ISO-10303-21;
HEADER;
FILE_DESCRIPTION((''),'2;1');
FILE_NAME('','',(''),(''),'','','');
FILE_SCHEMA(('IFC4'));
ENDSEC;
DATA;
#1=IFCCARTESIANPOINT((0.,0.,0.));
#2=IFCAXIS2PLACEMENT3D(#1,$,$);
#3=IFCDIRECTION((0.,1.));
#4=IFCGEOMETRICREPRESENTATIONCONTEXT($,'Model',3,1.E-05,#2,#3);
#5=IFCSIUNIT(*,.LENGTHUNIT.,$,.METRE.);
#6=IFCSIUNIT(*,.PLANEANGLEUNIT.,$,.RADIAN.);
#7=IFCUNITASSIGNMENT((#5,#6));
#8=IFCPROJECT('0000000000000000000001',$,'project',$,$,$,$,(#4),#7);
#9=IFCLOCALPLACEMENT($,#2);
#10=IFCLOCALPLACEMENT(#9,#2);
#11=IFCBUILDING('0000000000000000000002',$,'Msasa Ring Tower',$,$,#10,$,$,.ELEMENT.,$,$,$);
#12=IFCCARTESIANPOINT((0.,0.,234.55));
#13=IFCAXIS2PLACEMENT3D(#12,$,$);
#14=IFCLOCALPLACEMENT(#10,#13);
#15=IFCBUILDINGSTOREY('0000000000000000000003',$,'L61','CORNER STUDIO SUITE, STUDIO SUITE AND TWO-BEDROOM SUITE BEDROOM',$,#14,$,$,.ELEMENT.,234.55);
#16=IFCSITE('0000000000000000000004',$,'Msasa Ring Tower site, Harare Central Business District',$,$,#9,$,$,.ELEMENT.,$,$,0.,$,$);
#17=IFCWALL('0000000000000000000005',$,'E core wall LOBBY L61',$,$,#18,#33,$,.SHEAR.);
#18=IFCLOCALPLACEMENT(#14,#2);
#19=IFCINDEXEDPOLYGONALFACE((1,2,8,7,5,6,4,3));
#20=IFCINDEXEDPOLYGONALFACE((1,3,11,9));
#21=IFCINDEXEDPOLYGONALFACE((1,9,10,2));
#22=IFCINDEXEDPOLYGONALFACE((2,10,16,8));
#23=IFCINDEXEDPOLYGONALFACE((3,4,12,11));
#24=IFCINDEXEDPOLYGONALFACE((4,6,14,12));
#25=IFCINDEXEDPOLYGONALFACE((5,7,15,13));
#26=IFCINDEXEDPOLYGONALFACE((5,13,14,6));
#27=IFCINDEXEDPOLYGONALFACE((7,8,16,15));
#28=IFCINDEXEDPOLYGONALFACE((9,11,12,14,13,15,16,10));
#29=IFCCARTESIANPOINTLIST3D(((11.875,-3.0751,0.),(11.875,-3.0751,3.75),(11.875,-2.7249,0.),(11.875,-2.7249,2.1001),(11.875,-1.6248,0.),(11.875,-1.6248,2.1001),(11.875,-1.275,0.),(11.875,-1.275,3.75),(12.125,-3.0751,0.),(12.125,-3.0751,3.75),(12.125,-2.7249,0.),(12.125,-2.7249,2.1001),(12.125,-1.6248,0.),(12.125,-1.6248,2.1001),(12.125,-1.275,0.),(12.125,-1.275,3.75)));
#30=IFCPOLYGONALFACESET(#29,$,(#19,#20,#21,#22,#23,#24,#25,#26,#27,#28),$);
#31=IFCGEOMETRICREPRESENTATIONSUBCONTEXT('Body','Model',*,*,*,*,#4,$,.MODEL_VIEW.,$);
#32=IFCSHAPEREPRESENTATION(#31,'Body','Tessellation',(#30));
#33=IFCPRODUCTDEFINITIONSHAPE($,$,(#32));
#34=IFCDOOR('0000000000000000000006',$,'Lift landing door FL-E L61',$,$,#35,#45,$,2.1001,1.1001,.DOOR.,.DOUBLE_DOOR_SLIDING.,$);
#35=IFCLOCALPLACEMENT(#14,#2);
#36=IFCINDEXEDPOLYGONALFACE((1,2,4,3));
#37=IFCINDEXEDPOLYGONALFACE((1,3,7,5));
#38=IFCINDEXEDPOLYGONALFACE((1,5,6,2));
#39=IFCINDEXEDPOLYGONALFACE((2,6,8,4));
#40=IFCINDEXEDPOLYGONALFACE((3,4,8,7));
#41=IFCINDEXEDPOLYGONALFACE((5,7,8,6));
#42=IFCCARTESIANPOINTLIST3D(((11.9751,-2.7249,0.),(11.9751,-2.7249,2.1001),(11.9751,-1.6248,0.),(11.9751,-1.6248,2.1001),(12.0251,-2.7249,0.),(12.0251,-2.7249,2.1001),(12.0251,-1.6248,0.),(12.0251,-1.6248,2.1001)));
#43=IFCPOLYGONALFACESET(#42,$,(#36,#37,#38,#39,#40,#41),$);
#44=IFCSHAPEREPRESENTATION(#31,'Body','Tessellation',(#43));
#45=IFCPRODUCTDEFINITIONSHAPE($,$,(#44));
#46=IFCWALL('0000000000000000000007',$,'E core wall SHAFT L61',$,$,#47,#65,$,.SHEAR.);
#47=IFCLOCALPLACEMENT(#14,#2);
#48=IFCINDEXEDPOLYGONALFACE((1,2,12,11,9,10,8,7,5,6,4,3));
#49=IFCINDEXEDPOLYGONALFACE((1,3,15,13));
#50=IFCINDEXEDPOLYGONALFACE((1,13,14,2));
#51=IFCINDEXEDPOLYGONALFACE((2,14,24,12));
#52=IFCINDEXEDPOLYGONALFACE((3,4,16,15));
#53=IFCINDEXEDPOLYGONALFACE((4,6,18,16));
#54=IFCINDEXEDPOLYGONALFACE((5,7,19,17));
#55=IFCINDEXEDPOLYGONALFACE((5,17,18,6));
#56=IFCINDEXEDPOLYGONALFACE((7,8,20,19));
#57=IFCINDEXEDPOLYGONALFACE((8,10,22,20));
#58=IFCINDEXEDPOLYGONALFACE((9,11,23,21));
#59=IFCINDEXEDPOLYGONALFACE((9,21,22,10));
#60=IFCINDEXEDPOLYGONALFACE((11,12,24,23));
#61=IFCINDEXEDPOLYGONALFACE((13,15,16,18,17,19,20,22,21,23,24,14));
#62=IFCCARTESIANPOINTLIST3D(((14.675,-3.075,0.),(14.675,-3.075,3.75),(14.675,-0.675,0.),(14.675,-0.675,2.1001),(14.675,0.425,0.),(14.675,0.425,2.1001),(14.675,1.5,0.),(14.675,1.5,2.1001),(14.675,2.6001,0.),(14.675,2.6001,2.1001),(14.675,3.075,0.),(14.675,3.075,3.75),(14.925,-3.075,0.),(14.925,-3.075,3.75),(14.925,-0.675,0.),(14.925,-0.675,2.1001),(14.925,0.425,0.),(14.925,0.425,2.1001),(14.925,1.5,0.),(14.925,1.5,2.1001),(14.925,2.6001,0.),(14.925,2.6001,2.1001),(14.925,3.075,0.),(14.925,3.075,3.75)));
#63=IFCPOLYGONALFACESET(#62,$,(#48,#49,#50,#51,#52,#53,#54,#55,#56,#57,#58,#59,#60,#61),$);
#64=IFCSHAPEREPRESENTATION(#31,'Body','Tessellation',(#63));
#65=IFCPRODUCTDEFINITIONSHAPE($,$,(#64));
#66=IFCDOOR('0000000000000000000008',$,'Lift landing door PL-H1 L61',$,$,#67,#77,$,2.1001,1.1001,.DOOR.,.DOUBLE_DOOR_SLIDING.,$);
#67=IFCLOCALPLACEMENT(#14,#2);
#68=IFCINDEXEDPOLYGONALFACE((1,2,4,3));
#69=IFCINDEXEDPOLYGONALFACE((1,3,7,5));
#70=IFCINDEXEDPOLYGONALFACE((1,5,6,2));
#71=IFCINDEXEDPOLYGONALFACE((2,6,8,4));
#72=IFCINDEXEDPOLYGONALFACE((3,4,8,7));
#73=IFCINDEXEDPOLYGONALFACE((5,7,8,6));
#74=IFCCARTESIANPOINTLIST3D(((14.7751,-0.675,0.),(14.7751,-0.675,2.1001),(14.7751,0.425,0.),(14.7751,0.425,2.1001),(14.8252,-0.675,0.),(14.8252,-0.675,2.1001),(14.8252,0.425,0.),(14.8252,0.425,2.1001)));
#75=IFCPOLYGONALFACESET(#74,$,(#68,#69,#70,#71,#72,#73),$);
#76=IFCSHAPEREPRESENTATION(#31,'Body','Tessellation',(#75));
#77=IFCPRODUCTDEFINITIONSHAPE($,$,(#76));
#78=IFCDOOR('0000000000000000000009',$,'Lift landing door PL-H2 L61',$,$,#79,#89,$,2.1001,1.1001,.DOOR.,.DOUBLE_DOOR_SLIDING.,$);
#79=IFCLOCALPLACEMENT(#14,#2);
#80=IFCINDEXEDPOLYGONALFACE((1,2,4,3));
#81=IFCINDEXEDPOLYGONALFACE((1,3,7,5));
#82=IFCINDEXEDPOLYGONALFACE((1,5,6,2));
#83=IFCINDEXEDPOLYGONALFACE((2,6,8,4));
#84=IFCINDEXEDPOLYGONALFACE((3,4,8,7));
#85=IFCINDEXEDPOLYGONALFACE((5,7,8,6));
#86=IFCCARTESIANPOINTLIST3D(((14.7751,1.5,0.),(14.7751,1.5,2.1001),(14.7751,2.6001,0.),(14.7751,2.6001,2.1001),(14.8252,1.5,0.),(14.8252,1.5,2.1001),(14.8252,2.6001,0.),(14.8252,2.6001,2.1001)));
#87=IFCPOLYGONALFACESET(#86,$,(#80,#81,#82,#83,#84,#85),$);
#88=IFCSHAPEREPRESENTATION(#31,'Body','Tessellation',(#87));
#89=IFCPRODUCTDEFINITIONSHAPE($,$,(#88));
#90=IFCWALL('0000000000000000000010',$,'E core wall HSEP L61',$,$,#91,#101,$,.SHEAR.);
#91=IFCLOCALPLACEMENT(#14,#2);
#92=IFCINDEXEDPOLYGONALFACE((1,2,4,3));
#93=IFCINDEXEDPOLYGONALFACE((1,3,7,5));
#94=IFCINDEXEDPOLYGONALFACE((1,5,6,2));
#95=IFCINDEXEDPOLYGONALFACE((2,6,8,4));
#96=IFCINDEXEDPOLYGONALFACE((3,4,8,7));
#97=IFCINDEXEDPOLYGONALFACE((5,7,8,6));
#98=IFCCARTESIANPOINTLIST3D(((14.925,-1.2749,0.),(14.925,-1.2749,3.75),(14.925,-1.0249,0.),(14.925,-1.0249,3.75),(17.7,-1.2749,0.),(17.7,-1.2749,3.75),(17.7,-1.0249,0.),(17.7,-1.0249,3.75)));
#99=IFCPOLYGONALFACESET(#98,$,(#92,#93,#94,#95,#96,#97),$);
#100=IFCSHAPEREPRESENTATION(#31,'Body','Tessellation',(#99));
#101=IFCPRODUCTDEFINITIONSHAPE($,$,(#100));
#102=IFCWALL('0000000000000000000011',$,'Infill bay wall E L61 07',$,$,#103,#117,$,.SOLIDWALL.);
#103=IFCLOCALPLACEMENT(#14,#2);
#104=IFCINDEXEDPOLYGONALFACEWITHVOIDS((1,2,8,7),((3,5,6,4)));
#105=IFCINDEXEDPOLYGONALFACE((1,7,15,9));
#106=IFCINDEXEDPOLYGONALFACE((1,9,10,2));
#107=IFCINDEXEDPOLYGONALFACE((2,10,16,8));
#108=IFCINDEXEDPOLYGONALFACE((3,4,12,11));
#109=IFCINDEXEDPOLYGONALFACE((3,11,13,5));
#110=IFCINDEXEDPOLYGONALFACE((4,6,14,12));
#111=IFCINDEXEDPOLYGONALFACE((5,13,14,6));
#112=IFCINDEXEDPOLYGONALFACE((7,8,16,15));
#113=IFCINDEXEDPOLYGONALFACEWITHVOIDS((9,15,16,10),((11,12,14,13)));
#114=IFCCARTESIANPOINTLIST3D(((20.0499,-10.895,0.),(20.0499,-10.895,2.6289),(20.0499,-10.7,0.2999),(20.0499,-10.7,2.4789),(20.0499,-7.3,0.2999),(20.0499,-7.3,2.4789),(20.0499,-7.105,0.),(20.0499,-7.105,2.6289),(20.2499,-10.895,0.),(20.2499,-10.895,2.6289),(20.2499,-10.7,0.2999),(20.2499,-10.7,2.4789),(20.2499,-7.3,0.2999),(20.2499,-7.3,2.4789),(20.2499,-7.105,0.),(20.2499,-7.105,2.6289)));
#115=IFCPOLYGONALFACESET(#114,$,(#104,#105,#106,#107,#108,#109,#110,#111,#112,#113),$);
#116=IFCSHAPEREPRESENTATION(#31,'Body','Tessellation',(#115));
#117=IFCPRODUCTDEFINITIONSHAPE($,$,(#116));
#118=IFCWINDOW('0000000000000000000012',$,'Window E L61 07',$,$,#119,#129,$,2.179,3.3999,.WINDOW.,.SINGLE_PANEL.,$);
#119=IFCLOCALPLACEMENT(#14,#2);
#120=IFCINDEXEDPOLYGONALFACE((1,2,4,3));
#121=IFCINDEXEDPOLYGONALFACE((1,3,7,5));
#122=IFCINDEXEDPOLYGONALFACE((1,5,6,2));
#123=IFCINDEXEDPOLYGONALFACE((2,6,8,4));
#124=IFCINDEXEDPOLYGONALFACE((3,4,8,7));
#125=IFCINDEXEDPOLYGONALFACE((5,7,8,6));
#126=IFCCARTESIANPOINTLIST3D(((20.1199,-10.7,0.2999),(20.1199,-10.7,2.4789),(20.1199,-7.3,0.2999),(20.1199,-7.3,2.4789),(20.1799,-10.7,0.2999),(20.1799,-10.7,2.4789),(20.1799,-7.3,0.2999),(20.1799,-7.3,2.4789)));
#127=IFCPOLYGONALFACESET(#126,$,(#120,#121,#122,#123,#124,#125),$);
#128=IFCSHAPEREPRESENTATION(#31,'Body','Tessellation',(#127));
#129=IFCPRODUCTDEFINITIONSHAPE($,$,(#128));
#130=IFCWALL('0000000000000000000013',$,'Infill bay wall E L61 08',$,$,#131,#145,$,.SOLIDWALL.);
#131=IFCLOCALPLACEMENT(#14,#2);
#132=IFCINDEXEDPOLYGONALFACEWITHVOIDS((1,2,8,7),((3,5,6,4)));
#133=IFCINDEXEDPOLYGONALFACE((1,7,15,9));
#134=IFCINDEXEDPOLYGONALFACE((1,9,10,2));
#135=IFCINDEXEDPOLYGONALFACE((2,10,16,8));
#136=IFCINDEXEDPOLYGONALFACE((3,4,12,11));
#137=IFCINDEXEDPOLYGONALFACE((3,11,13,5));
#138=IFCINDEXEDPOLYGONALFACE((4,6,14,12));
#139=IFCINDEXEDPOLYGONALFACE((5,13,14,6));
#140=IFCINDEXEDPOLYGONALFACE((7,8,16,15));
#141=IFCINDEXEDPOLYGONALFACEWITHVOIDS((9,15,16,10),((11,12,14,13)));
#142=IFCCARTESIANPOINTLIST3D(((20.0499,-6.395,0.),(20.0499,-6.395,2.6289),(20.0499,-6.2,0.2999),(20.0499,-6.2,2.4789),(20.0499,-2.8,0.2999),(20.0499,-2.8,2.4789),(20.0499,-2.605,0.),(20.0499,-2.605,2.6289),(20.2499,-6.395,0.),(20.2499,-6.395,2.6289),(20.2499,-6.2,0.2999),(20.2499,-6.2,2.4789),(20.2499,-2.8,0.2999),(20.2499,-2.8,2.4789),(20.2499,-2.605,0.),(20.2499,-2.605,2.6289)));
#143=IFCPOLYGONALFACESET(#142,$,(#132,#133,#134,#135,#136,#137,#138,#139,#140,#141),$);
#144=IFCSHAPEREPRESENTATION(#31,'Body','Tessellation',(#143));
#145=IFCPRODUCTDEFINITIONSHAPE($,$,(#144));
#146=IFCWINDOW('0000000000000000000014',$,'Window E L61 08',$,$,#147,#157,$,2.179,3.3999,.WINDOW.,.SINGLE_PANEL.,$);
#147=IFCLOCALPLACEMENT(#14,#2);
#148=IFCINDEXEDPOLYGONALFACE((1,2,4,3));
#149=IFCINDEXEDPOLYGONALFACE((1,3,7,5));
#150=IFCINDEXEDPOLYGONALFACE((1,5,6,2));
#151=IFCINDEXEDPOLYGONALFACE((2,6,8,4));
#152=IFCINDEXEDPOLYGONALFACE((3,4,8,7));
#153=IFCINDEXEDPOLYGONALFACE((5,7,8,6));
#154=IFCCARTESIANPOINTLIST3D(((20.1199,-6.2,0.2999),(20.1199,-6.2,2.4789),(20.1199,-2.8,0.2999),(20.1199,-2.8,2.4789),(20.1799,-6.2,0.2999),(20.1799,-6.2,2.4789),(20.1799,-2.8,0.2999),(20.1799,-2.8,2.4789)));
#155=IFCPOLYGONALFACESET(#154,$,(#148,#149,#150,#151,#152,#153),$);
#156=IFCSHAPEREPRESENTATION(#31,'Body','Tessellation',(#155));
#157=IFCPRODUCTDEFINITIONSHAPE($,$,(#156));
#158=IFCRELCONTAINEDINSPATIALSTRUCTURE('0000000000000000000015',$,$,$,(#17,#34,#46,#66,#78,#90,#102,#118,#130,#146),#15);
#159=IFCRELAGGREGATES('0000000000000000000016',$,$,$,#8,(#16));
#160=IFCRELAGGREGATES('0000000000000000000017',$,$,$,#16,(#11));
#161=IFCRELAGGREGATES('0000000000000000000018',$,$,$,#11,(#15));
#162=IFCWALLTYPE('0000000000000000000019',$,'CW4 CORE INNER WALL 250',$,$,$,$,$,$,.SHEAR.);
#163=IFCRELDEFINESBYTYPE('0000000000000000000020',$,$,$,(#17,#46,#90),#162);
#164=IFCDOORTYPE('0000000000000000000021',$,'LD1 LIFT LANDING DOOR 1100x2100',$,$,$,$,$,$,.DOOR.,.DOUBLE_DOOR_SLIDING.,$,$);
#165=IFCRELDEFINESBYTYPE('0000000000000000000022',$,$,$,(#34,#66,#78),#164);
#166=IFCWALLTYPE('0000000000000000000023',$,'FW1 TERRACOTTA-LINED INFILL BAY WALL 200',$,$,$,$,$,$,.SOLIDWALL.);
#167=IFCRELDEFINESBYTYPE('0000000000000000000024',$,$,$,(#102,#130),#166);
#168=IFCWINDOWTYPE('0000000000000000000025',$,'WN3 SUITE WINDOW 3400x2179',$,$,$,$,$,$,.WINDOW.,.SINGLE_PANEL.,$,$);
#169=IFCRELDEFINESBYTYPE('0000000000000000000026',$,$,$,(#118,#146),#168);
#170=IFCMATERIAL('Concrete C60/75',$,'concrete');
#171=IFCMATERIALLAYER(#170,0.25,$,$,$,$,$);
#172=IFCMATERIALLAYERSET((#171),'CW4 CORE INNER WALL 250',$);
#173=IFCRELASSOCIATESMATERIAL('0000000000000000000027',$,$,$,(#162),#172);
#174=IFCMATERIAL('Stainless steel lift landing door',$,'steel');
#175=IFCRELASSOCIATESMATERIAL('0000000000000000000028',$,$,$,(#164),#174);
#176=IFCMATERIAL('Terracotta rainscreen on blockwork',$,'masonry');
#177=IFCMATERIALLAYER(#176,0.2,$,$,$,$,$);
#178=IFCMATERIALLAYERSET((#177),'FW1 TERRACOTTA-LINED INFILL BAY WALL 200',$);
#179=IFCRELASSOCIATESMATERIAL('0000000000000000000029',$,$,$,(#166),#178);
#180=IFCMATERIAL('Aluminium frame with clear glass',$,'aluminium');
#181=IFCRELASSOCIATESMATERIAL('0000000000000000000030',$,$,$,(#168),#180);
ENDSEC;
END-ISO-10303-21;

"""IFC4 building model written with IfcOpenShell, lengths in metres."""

from ifc_helpers import new_model, si_unit, direction, frame, frame_2d, origin, place, context, subcontext, project, spatial, rectangle, extrude, material, layer, layer_set, type_object, element, fill, save


model = new_model("IFC4")

# Units and contexts
model_context = context("Model", 3, precision=1e-05, world=origin(), true_north=direction((0.0, 1.0)))
body_context = subcontext(model_context, "Body", "Model", "MODEL_VIEW")
ifc_project = project(units=[si_unit("LENGTHUNIT", "METRE"), si_unit("PLANEANGLEUNIT", "RADIAN")], contexts=[model_context])

# Site, building, storey
site_placement = place(None, origin())
site = spatial("IfcSite", under=ifc_project, at=site_placement, Name="Msasa Ring Tower site, Harare Central Business District", CompositionType="ELEMENT", RefElevation=0.0)
building_placement = place(site_placement, origin())
building = spatial("IfcBuilding", under=site, at=building_placement, Name="Msasa Ring Tower", CompositionType="ELEMENT")
storey_placement = place(building_placement, frame((0.0, 0.0, 234.55)))
storey = spatial("IfcBuildingStorey", under=building, at=storey_placement, Name="L61", Description="CORNER STUDIO SUITE, STUDIO SUITE AND TWO-BEDROOM SUITE BEDROOM", CompositionType="ELEMENT", Elevation=234.55)

# Shared definitions
ifc_material_1 = material(Name="Concrete C60/75", Category="concrete")
ifc_layer_1 = layer(ifc_material_1, 0.25)
ifc_layer_set_1 = layer_set([ifc_layer_1], Name="CW4 CORE INNER WALL 250")
wall_type_1 = type_object("IfcWallType", Name="CW4 CORE INNER WALL 250", PredefinedType="SHEAR", material=ifc_layer_set_1)

# Wall, opening, door
wall_1_placement = place(storey_placement, frame((12.0, -3.075, 0.0), z_axis=(0.0, 0.0, 1.0), x_axis=(0.0, 1.0, 0.0)))
wall_1 = element("IfcWall", 1, at=wall_1_placement, inside=storey, type_object=wall_type_1, Name="E core wall LOBBY L61", PredefinedType="SHEAR", context=body_context, shape_type="SweptSolid", body=[
    extrude(rectangle(XDim=1.8, YDim=0.25, at=frame_2d((0.8999, 0.0))), origin(), (0.0, 0.0, 1.0), 3.75),
])
opening_1_placement = place(wall_1_placement, frame((0.3501, 0.0, 0.0)))
opening_1 = element("IfcOpeningElement", 2, at=opening_1_placement, cuts=wall_1, PredefinedType="OPENING", context=body_context, shape_type="SweptSolid", body=[
    extrude(rectangle(XDim=1.1001, YDim=2.1001, at=frame_2d((0.55, 1.05))), frame((0.0, 0.135, 0.0), z_axis=(0.0, -1.0, 0.0), x_axis=(1.0, 0.0, 0.0)), (0.0, 0.0, 1.0), 0.27),
])
ifc_material_2 = material(Name="Stainless steel lift landing door", Category="steel")
door_type_1 = type_object("IfcDoorType", Name="LD1 LIFT LANDING DOOR 1100x2100", OperationType="DOUBLE_DOOR_SLIDING", PredefinedType="DOOR", material=ifc_material_2)
door_1_placement = place(opening_1_placement, origin())
door_1 = element("IfcDoor", 3, at=door_1_placement, inside=storey, type_object=door_type_1, Name="Lift landing door FL-E L61", OperationType="DOUBLE_DOOR_SLIDING", OverallHeight=2.1001, OverallWidth=1.1001, PredefinedType="DOOR", context=body_context, shape_type="SweptSolid", body=[
    extrude(rectangle(XDim=1.1001, YDim=2.1001, at=frame_2d((0.55, 1.05))), frame((0.0, 0.0249, 0.0), z_axis=(0.0, -1.0, 0.0), x_axis=(1.0, 0.0, 0.0)), (0.0, 0.0, 1.0), 0.05),
])
fill(opening_1, door_1)

# Wall, openings, doors
wall_2_placement = place(storey_placement, frame((14.8, -3.075, 0.0), z_axis=(0.0, 0.0, 1.0), x_axis=(0.0, 1.0, 0.0)))
wall_2 = element("IfcWall", 4, at=wall_2_placement, inside=storey, type_object=wall_type_1, Name="E core wall SHAFT L61", PredefinedType="SHEAR", context=body_context, shape_type="SweptSolid", body=[
    extrude(rectangle(XDim=6.1499, YDim=0.25, at=frame_2d((3.075, 0.0))), origin(), (0.0, 0.0, 1.0), 3.75),
])
opening_2_placement = place(wall_2_placement, frame((2.3999, 0.0, 0.0)))
opening_2 = element("IfcOpeningElement", 5, at=opening_2_placement, cuts=wall_2, PredefinedType="OPENING", context=body_context, shape_type="SweptSolid", body=[
    extrude(rectangle(XDim=1.1001, YDim=2.1001, at=frame_2d((0.55, 1.05))), frame((0.0, 0.135, 0.0), z_axis=(0.0, -1.0, 0.0), x_axis=(1.0, 0.0, 0.0)), (0.0, 0.0, 1.0), 0.27),
])
opening_3_placement = place(wall_2_placement, frame((4.575, 0.0, 0.0)))
opening_3 = element("IfcOpeningElement", 6, at=opening_3_placement, cuts=wall_2, PredefinedType="OPENING", context=body_context, shape_type="SweptSolid", body=[
    extrude(rectangle(XDim=1.1001, YDim=2.1001, at=frame_2d((0.55, 1.05))), frame((0.0, 0.135, 0.0), z_axis=(0.0, -1.0, 0.0), x_axis=(1.0, 0.0, 0.0)), (0.0, 0.0, 1.0), 0.27),
])
door_2_placement = place(opening_2_placement, origin())
door_2 = element("IfcDoor", 7, at=door_2_placement, inside=storey, type_object=door_type_1, Name="Lift landing door PL-H1 L61", OperationType="DOUBLE_DOOR_SLIDING", OverallHeight=2.1001, OverallWidth=1.1001, PredefinedType="DOOR", context=body_context, shape_type="SweptSolid", body=[
    extrude(rectangle(XDim=1.1001, YDim=2.1001, at=frame_2d((0.55, 1.05))), frame((0.0, 0.0249, 0.0), z_axis=(0.0, -1.0, 0.0), x_axis=(1.0, 0.0, 0.0)), (0.0, 0.0, 1.0), 0.05),
])
fill(opening_2, door_2)
door_3_placement = place(opening_3_placement, origin())
door_3 = element("IfcDoor", 8, at=door_3_placement, inside=storey, type_object=door_type_1, Name="Lift landing door PL-H2 L61", OperationType="DOUBLE_DOOR_SLIDING", OverallHeight=2.1001, OverallWidth=1.1001, PredefinedType="DOOR", context=body_context, shape_type="SweptSolid", body=[
    extrude(rectangle(XDim=1.1001, YDim=2.1001, at=frame_2d((0.55, 1.05))), frame((0.0, 0.0249, 0.0), z_axis=(0.0, -1.0, 0.0), x_axis=(1.0, 0.0, 0.0)), (0.0, 0.0, 1.0), 0.05),
])
fill(opening_3, door_3)

# Wall
wall_3_placement = place(storey_placement, frame((14.925, -1.1499, 0.0), z_axis=(0.0, 0.0, 1.0), x_axis=(1.0, 0.0, 0.0)))
element("IfcWall", 9, at=wall_3_placement, inside=storey, type_object=wall_type_1, Name="E core wall HSEP L61", PredefinedType="SHEAR", context=body_context, shape_type="SweptSolid", body=[
    extrude(rectangle(XDim=2.7749, YDim=0.25, at=frame_2d((1.3875, 0.0))), origin(), (0.0, 0.0, 1.0), 3.75),
])

# Walls, openings, windows
ifc_material_3 = material(Name="Terracotta rainscreen on blockwork", Category="masonry")
ifc_layer_2 = layer(ifc_material_3, 0.2)
ifc_layer_set_2 = layer_set([ifc_layer_2], Name="FW1 TERRACOTTA-LINED INFILL BAY WALL 200")
wall_type_2 = type_object("IfcWallType", Name="FW1 TERRACOTTA-LINED INFILL BAY WALL 200", PredefinedType="SOLIDWALL", material=ifc_layer_set_2)
wall_4_placement = place(storey_placement, frame((20.1499, -10.895, 0.0), z_axis=(0.0, 0.0, 1.0), x_axis=(0.0, 1.0, 0.0)))
wall_4 = element("IfcWall", 10, at=wall_4_placement, inside=storey, type_object=wall_type_2, Name="Infill bay wall E L61 07", PredefinedType="SOLIDWALL", context=body_context, shape_type="SweptSolid", body=[
    extrude(rectangle(XDim=3.79, YDim=0.2, at=frame_2d((1.895, 0.0))), origin(), (0.0, 0.0, 1.0), 2.6289),
])
opening_4_placement = place(wall_4_placement, frame((0.1951, 0.0, 0.3)))
opening_4 = element("IfcOpeningElement", 11, at=opening_4_placement, cuts=wall_4, PredefinedType="OPENING", context=body_context, shape_type="SweptSolid", body=[
    extrude(rectangle(XDim=3.3999, YDim=2.179, at=frame_2d((1.7, 1.0894))), frame((0.0, 0.1099, 0.0), z_axis=(0.0, -1.0, 0.0), x_axis=(1.0, 0.0, 0.0)), (0.0, 0.0, 1.0), 0.22),
])
ifc_material_4 = material(Name="Aluminium frame with clear glass", Category="aluminium")
window_type = type_object("IfcWindowType", Name="WN3 SUITE WINDOW 3400x2179", PartitioningType="SINGLE_PANEL", PredefinedType="WINDOW", material=ifc_material_4)
window_1_placement = place(opening_4_placement, origin())
window_1 = element("IfcWindow", 12, at=window_1_placement, inside=storey, type_object=window_type, Name="Window E L61 07", OverallHeight=2.179, OverallWidth=3.3999, PartitioningType="SINGLE_PANEL", PredefinedType="WINDOW", context=body_context, shape_type="SweptSolid", body=[
    extrude(rectangle(XDim=3.3999, YDim=2.179, at=frame_2d((1.7, 1.0894))), frame((0.0, 0.03, 0.0), z_axis=(0.0, -1.0, 0.0), x_axis=(1.0, 0.0, 0.0)), (0.0, 0.0, 1.0), 0.0601),
])
fill(opening_4, window_1)
wall_5_placement = place(storey_placement, frame((20.1499, -6.395, 0.0), z_axis=(0.0, 0.0, 1.0), x_axis=(0.0, 1.0, 0.0)))
wall_5 = element("IfcWall", 13, at=wall_5_placement, inside=storey, type_object=wall_type_2, Name="Infill bay wall E L61 08", PredefinedType="SOLIDWALL", context=body_context, shape_type="SweptSolid", body=[
    extrude(rectangle(XDim=3.79, YDim=0.2, at=frame_2d((1.895, 0.0))), origin(), (0.0, 0.0, 1.0), 2.6289),
])
opening_5_placement = place(wall_5_placement, frame((0.1951, 0.0, 0.3)))
opening_5 = element("IfcOpeningElement", 14, at=opening_5_placement, cuts=wall_5, PredefinedType="OPENING", context=body_context, shape_type="SweptSolid", body=[
    extrude(rectangle(XDim=3.3999, YDim=2.179, at=frame_2d((1.7, 1.0894))), frame((0.0, 0.1099, 0.0), z_axis=(0.0, -1.0, 0.0), x_axis=(1.0, 0.0, 0.0)), (0.0, 0.0, 1.0), 0.22),
])
window_2_placement = place(opening_5_placement, origin())
window_2 = element("IfcWindow", 15, at=window_2_placement, inside=storey, type_object=window_type, Name="Window E L61 08", OverallHeight=2.179, OverallWidth=3.3999, PartitioningType="SINGLE_PANEL", PredefinedType="WINDOW", context=body_context, shape_type="SweptSolid", body=[
    extrude(rectangle(XDim=3.3999, YDim=2.179, at=frame_2d((1.7, 1.0894))), frame((0.0, 0.03, 0.0), z_axis=(0.0, -1.0, 0.0), x_axis=(1.0, 0.0, 0.0)), (0.0, 0.0, 1.0), 0.0601),
])
fill(opening_5, window_2)

save(model, "model.ifc")
